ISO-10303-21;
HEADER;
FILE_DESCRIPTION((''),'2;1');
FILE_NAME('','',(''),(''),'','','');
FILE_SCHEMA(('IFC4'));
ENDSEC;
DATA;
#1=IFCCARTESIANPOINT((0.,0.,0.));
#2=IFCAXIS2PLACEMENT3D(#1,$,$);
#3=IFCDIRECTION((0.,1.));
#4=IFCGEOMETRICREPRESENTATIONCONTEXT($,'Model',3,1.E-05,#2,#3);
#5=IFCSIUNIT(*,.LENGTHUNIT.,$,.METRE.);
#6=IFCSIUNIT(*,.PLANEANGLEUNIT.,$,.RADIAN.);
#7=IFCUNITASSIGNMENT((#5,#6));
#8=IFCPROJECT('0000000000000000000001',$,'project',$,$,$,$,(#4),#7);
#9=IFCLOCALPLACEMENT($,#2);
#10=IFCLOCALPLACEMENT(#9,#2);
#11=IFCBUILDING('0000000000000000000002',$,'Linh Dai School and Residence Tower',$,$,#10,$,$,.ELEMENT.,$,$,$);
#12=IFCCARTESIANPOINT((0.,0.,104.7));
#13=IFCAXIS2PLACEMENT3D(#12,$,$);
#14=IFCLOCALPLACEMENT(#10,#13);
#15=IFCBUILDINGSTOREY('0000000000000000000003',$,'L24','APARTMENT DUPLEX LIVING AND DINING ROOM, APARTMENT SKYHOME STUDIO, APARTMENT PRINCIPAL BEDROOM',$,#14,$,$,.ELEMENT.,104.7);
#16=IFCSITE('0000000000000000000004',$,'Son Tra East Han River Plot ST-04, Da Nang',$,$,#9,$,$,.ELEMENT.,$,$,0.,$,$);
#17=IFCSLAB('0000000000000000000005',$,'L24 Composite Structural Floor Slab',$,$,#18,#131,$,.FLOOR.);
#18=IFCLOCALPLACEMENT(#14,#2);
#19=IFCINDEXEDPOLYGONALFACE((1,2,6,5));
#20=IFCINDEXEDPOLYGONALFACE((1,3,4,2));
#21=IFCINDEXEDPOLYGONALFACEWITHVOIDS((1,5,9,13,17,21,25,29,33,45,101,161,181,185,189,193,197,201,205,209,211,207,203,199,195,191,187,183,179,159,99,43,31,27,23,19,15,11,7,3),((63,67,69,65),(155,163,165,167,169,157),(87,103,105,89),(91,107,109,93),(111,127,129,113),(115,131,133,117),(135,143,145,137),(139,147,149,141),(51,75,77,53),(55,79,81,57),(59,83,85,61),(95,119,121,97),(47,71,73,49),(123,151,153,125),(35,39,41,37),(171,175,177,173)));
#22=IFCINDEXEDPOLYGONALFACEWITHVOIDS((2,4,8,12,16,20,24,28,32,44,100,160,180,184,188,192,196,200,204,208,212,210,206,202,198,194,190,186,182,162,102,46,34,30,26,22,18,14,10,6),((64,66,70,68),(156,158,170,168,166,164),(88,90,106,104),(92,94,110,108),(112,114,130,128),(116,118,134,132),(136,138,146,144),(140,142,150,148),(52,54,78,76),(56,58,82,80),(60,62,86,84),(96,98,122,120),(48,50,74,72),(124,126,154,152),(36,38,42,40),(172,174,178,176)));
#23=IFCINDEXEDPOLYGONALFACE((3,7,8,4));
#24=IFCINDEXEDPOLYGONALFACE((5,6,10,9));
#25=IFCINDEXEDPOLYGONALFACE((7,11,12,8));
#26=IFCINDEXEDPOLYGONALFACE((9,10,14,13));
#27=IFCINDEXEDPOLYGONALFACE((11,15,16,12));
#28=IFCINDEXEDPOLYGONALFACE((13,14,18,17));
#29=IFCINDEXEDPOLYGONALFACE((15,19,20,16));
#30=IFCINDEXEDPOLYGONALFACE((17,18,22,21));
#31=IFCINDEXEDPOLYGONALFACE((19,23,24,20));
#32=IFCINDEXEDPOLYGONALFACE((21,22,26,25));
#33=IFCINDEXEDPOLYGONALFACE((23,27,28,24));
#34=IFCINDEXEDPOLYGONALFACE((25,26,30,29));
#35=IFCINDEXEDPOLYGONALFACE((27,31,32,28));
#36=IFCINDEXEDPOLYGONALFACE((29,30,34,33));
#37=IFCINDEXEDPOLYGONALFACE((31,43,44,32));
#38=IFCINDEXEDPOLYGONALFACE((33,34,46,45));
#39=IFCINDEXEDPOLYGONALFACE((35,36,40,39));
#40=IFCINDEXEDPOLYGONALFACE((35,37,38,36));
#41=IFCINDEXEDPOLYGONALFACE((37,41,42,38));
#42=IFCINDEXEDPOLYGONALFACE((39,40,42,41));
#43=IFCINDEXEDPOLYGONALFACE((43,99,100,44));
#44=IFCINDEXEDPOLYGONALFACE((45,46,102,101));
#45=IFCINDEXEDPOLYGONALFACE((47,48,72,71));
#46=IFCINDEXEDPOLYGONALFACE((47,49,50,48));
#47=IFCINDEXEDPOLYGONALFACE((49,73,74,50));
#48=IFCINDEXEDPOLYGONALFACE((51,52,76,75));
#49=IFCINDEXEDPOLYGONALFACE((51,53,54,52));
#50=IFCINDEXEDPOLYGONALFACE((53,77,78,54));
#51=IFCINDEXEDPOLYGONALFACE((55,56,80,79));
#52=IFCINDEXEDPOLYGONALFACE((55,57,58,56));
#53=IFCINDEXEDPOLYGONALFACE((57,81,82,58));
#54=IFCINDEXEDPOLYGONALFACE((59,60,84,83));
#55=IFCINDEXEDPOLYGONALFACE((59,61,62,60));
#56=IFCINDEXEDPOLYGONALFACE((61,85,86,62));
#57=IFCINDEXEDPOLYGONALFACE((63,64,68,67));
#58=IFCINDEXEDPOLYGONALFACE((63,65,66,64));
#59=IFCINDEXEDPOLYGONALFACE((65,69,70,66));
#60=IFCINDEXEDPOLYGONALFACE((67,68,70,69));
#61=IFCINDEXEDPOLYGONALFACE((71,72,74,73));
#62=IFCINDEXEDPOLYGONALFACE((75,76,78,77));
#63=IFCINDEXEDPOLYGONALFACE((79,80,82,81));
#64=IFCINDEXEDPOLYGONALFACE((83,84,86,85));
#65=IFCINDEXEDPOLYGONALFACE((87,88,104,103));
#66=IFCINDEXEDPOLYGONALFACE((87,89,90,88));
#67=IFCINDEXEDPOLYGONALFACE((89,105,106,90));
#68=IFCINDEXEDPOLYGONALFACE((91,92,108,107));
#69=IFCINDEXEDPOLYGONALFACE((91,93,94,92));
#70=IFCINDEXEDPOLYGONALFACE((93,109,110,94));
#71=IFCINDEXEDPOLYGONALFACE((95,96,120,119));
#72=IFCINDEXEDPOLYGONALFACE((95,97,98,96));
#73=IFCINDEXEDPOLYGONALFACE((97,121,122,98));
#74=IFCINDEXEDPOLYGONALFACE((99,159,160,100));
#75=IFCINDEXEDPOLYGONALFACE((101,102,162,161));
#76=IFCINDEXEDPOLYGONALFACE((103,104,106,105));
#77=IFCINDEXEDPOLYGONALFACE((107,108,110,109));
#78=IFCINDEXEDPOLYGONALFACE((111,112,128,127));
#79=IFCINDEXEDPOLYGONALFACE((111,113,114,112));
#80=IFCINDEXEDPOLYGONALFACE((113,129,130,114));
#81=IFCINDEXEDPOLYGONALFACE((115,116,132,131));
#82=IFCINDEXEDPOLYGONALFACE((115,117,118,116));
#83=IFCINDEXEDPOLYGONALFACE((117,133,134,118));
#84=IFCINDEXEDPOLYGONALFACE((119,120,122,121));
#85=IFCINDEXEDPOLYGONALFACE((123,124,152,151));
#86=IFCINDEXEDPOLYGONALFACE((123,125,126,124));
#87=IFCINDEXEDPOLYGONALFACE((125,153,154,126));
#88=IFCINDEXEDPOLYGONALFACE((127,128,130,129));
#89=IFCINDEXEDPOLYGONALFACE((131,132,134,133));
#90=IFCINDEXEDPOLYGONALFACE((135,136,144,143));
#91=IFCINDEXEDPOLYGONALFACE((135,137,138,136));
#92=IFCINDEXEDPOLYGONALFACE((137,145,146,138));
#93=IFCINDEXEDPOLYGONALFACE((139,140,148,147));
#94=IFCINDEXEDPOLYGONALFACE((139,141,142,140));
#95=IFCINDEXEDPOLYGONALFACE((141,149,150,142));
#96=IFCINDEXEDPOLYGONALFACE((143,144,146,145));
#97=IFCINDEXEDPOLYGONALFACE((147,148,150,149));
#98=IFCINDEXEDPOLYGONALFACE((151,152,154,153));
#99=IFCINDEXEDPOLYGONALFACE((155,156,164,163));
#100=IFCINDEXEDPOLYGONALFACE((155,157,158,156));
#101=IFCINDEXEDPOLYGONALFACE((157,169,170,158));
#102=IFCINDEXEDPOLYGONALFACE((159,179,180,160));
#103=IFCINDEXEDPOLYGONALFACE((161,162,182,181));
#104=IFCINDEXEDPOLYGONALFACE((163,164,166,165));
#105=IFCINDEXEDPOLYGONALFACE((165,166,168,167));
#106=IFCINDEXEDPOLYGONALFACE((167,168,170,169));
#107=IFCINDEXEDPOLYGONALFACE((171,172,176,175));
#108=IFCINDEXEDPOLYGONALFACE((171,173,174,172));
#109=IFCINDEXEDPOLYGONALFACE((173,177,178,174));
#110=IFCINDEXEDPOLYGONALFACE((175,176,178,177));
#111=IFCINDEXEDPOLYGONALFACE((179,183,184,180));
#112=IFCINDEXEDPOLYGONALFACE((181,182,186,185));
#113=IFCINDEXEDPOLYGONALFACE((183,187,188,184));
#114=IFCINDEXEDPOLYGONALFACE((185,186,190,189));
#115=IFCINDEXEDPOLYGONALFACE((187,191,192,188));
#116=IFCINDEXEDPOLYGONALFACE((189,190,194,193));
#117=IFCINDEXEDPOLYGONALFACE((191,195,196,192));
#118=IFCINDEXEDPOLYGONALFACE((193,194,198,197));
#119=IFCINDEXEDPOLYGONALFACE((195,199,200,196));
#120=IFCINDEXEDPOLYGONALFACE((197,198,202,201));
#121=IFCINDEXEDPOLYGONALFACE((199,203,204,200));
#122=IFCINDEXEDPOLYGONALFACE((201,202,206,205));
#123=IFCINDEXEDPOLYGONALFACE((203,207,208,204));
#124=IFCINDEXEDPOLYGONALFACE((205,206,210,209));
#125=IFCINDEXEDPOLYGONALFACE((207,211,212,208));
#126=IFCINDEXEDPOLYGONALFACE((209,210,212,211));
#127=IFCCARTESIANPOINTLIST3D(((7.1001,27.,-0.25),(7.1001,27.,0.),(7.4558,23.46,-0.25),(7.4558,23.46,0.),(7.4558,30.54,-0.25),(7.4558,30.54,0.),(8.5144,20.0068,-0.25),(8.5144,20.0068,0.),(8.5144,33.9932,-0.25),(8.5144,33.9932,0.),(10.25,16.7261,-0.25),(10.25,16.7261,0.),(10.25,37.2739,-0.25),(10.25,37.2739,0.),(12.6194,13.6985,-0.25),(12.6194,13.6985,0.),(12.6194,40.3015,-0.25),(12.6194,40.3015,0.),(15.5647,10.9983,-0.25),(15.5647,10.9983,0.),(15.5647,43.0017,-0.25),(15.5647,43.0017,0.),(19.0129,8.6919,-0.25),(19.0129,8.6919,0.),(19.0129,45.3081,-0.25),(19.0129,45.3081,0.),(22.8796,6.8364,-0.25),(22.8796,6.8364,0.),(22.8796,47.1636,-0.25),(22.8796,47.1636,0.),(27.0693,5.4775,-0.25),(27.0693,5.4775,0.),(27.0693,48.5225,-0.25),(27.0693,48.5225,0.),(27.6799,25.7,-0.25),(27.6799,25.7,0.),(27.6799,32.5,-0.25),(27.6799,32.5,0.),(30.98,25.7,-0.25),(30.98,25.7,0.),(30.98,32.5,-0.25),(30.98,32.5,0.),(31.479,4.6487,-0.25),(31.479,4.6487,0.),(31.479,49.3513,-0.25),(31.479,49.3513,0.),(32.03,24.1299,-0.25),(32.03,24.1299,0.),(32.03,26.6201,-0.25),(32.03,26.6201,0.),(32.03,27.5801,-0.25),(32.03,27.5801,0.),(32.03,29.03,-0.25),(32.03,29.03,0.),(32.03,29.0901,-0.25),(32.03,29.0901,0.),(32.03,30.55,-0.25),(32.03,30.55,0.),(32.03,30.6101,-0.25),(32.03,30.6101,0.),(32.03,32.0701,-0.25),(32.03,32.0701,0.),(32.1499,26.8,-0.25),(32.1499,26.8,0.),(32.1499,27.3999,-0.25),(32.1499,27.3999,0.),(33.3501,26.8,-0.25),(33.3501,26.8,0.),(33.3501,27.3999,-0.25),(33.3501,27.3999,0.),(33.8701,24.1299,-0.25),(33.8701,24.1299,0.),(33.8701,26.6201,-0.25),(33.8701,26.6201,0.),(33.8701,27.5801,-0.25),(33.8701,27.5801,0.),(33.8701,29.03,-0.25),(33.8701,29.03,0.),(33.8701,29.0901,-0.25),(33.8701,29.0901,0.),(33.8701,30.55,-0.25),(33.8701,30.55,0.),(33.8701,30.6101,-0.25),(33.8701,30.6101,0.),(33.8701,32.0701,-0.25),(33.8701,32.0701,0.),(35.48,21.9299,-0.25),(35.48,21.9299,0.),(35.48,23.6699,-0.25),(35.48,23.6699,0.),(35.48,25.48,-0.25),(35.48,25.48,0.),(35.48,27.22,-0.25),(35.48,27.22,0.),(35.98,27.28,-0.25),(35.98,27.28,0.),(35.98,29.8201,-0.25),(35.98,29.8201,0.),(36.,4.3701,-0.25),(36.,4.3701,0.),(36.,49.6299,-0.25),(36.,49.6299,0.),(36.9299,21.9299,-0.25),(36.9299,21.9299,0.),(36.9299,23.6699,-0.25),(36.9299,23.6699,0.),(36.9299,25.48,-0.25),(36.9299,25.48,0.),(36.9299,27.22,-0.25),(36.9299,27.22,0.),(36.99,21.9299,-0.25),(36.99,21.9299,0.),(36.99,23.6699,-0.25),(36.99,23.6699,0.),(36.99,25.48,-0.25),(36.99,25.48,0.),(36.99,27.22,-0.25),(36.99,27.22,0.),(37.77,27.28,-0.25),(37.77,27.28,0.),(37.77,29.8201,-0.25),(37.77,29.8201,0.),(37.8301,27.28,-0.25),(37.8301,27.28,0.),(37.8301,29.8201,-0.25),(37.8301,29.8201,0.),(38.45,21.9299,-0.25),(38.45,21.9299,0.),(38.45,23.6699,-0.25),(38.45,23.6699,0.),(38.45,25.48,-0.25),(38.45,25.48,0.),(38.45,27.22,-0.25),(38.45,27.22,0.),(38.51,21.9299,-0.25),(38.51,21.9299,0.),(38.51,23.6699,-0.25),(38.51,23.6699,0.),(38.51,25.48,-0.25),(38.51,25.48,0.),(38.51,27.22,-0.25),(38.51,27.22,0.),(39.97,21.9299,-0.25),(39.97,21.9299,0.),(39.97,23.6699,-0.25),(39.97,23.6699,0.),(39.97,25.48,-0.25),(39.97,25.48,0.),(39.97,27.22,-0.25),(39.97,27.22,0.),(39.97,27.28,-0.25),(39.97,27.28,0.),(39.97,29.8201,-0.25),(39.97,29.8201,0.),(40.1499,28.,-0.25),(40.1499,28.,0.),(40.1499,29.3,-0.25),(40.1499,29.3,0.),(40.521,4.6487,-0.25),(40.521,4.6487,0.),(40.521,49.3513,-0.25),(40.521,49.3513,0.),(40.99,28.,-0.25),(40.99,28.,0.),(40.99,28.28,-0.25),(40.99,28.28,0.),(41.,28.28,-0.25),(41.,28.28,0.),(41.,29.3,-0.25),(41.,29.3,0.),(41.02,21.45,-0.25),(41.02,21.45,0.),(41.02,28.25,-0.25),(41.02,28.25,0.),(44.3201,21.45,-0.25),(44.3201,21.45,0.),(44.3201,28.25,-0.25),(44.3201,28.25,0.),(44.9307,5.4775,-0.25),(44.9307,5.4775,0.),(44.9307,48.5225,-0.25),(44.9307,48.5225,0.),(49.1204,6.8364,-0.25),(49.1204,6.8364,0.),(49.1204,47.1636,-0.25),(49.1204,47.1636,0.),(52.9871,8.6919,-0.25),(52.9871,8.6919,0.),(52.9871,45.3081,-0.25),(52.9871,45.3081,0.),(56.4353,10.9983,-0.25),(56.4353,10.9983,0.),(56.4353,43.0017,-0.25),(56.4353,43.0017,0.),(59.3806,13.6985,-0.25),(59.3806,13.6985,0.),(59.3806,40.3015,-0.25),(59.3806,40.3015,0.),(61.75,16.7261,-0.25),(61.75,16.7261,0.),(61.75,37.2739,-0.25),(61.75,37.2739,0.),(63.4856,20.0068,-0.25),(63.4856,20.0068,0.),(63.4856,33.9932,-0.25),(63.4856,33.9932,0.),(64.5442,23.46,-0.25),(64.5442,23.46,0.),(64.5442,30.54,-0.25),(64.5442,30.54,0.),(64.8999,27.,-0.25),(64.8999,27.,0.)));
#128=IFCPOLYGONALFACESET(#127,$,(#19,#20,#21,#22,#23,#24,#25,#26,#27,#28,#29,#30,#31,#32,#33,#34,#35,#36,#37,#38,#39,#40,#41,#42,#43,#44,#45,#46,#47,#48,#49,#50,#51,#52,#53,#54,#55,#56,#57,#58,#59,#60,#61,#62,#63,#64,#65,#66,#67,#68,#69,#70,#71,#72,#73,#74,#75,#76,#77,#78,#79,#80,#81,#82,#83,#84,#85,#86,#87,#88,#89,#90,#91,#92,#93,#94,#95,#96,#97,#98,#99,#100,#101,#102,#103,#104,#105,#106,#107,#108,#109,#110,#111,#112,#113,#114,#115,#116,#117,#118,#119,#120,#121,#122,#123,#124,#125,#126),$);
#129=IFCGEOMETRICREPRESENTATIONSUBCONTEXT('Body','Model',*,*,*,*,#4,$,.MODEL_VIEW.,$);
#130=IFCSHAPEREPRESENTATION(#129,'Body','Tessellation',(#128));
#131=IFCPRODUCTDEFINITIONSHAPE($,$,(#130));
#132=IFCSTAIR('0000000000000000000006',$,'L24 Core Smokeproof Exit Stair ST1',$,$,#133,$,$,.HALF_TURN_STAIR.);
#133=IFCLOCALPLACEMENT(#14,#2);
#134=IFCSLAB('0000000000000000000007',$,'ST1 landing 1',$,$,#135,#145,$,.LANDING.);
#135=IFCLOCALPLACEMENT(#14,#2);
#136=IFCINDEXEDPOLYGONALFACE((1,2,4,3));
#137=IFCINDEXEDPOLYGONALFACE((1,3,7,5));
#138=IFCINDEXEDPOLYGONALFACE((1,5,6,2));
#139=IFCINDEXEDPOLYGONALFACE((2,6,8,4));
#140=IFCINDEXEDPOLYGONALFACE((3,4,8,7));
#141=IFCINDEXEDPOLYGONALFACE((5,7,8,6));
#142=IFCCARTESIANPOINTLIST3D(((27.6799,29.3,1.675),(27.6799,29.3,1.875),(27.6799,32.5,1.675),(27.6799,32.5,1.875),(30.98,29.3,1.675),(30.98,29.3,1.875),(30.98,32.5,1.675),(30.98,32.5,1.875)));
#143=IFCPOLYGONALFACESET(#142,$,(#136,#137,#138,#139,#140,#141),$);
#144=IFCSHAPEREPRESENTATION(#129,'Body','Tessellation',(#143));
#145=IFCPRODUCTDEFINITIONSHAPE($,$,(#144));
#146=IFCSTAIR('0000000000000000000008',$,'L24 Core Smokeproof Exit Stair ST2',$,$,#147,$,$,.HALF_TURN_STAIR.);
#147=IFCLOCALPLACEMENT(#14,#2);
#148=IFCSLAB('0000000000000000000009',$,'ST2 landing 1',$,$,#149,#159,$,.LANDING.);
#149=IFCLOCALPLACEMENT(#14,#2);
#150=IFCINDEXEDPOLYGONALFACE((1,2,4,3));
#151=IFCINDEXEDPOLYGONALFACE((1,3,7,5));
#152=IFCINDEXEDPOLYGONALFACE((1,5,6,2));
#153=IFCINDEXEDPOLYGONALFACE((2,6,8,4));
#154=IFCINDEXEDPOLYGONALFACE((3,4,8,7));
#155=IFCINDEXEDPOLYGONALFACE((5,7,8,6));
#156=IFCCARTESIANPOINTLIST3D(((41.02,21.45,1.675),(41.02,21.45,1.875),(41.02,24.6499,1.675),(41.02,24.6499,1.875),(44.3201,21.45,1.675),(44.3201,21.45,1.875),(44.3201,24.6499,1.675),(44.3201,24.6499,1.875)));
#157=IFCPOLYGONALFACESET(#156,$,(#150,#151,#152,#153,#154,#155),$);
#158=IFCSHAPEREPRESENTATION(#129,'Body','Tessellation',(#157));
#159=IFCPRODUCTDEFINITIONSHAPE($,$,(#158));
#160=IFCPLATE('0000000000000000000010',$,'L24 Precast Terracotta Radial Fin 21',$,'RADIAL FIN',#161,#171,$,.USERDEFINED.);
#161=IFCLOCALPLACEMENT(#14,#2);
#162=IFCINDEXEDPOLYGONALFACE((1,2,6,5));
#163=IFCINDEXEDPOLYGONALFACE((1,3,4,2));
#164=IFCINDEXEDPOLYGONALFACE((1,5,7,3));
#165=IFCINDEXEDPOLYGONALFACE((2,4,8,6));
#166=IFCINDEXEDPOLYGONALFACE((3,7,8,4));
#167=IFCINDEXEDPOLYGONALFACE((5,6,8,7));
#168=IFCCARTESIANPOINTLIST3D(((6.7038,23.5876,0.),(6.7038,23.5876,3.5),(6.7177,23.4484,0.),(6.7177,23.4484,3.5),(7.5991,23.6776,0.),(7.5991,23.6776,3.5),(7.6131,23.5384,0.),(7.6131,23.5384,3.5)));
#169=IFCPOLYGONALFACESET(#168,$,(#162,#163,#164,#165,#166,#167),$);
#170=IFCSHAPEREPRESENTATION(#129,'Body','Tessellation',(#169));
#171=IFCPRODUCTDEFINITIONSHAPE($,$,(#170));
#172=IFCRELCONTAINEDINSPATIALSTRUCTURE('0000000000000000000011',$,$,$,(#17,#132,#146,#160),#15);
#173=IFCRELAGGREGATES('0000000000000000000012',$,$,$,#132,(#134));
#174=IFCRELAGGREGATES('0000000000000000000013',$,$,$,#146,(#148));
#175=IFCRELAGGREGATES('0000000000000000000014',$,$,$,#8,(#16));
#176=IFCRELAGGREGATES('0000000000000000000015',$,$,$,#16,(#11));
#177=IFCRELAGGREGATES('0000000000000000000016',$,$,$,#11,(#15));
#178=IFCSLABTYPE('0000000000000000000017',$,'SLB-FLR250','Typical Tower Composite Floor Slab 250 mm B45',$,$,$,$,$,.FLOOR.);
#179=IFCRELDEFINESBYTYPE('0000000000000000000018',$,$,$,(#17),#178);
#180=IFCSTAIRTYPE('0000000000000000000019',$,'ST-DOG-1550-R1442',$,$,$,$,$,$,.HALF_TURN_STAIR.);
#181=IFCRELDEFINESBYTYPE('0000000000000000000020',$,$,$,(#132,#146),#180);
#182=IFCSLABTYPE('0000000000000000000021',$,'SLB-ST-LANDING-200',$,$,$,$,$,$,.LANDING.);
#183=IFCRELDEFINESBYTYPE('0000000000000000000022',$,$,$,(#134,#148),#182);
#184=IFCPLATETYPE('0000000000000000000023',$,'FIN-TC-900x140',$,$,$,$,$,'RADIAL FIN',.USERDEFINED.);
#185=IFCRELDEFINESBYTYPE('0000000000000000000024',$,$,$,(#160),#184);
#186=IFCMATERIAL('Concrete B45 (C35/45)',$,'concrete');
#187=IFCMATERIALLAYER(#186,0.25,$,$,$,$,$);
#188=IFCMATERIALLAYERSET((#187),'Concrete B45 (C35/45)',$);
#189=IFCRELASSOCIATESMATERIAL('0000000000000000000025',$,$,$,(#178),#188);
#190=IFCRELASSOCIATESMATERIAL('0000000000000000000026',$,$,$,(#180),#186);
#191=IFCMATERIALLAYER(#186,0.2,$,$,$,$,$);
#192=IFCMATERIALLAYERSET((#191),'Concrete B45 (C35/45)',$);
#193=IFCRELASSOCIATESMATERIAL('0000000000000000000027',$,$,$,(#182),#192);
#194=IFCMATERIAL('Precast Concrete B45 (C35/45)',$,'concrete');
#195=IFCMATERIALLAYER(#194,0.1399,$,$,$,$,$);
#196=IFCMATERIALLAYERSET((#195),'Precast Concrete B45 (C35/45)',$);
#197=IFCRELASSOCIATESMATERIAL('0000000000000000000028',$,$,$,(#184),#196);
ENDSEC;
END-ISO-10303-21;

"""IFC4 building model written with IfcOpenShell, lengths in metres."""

from ifc_helpers import new_model, si_unit, direction, frame, origin, origin_2d, place, context, subcontext, project, spatial, polyline, rectangle, outline, extrude, source, transform, mapped, material, layer, layer_set, type_object, element, aggregate, save


model = new_model("IFC4")

# Units and contexts
model_context = context("Model", 3, precision=1e-05, world=origin(), true_north=direction((0.0, 1.0)))
body_context = subcontext(model_context, "Body", "Model", "MODEL_VIEW")
ifc_project = project(units=[si_unit("LENGTHUNIT", "METRE"), si_unit("PLANEANGLEUNIT", "RADIAN")], contexts=[model_context])

# Site, building, storey
site_placement = place(None, origin())
site = spatial("IfcSite", under=ifc_project, at=site_placement, Name="Son Tra East Han River Plot ST-04, Da Nang", CompositionType="ELEMENT", RefElevation=0.0)
building_placement = place(site_placement, origin())
building = spatial("IfcBuilding", under=site, at=building_placement, Name="Linh Dai School and Residence Tower", CompositionType="ELEMENT")
storey_placement = place(building_placement, frame((0.0, 0.0, 104.7)))
storey = spatial("IfcBuildingStorey", under=building, at=storey_placement, Name="L24", Description="APARTMENT DUPLEX LIVING AND DINING ROOM, APARTMENT SKYHOME STUDIO, APARTMENT PRINCIPAL BEDROOM", CompositionType="ELEMENT", Elevation=104.7)

# Slab
ifc_material_1 = material(Name="Concrete B45 (C35/45)", Category="concrete")
ifc_layer_1 = layer(ifc_material_1, 0.25)
ifc_layer_set_1 = layer_set([ifc_layer_1], Name="Concrete B45 (C35/45)")
slab_type_1 = type_object("IfcSlabType", Name="SLB-FLR250", Description="Typical Tower Composite Floor Slab 250 mm B45", PredefinedType="FLOOR", material=ifc_layer_set_1)
slab_1_placement = place(storey_placement, frame((0.0, 0.0, -0.25)))
element("IfcSlab", 1, at=slab_1_placement, inside=storey, type_object=slab_type_1, Name="L24 Composite Structural Floor Slab", PredefinedType="FLOOR", context=body_context, shape_type="SweptSolid", body=[
    extrude(outline(polyline([(64.8999, 27.0), (64.5442, 30.54), (63.4856, 33.9932), (61.75, 37.2739), (59.3806, 40.3015), (56.4353, 43.0017), (52.9871, 45.3081), (49.1204, 47.1636), (44.9307, 48.5225), (40.521, 49.3513), (36.0, 49.6299), (31.479, 49.3513), (27.0693, 48.5225), (22.8796, 47.1636), (19.0129, 45.3081), (15.5647, 43.0017), (12.6194, 40.3015), (10.25, 37.2739), (8.5144, 33.9932), (7.4558, 30.54), (7.1001, 27.0), (7.4558, 23.46), (8.5144, 20.0068), (10.25, 16.7261), (12.6194, 13.6985), (15.5647, 10.9983), (19.0129, 8.6919), (22.8796, 6.8364), (27.0693, 5.4775), (31.479, 4.6487), (36.0, 4.3701), (40.521, 4.6487), (44.9307, 5.4775), (49.1204, 6.8364), (52.9871, 8.6919), (56.4353, 10.9983), (59.3806, 13.6985), (61.75, 16.7261), (63.4856, 20.0068), (64.5442, 23.46), (64.8999, 27.0)]), holes=[polyline([(30.98, 25.7), (30.98, 32.5), (27.6799, 32.5), (27.6799, 25.7), (30.98, 25.7)]), polyline([(41.02, 28.25), (41.02, 21.45), (44.3201, 21.45), (44.3201, 28.25), (41.02, 28.25)]), polyline([(35.98, 27.28), (37.77, 27.28), (37.77, 29.8201), (35.98, 29.8201), (35.98, 27.28)]), polyline([(32.03, 24.1299), (33.8701, 24.1299), (33.8701, 26.6201), (32.03, 26.6201), (32.03, 24.1299)]), polyline([(37.8301, 27.28), (39.97, 27.28), (39.97, 29.8201), (37.8301, 29.8201), (37.8301, 27.28)]), polyline([(35.48, 21.9299), (36.9299, 21.9299), (36.9299, 23.6699), (35.48, 23.6699), (35.48, 21.9299)]), polyline([(36.99, 21.9299), (38.45, 21.9299), (38.45, 23.6699), (36.99, 23.6699), (36.99, 21.9299)]), polyline([(38.51, 21.9299), (39.97, 21.9299), (39.97, 23.6699), (38.51, 23.6699), (38.51, 21.9299)]), polyline([(32.03, 27.5801), (33.8701, 27.5801), (33.8701, 29.03), (32.03, 29.03), (32.03, 27.5801)]), polyline([(32.03, 29.0901), (33.8701, 29.0901), (33.8701, 30.55), (32.03, 30.55), (32.03, 29.0901)]), polyline([(32.03, 30.6101), (33.8701, 30.6101), (33.8701, 32.0701), (32.03, 32.0701), (32.03, 30.6101)]), polyline([(35.48, 25.48), (36.9299, 25.48), (36.9299, 27.22), (35.48, 27.22), (35.48, 25.48)]), polyline([(36.99, 25.48), (38.45, 25.48), (38.45, 27.22), (36.99, 27.22), (36.99, 25.48)]), polyline([(38.51, 25.48), (39.97, 25.48), (39.97, 27.22), (38.51, 27.22), (38.51, 25.48)]), polyline([(40.1499, 28.0), (40.1499, 29.3), (41.0, 29.3), (41.0, 28.28), (40.99, 28.28), (40.99, 28.0), (40.1499, 28.0)]), polyline([(32.1499, 26.8), (33.3501, 26.8), (33.3501, 27.3999), (32.1499, 27.3999), (32.1499, 26.8)])]), origin(), (0.0, 0.0, 1.0), 0.25),
])

# Stairs, slabs
stair_type = type_object("IfcStairType", Name="ST-DOG-1550-R1442", PredefinedType="HALF_TURN_STAIR", material=ifc_material_1)
stair_1_placement = place(storey_placement, origin())
stair_1 = element("IfcStair", 2, at=stair_1_placement, inside=storey, type_object=stair_type, Name="L24 Core Smokeproof Exit Stair ST1", PredefinedType="HALF_TURN_STAIR")
ifc_layer_2 = layer(ifc_material_1, 0.2)
ifc_layer_set_2 = layer_set([ifc_layer_2], Name="Concrete B45 (C35/45)")
slab_type_2 = type_object("IfcSlabType", Name="SLB-ST-LANDING-200", PredefinedType="LANDING", material=ifc_layer_set_2)
slab_2_placement = place(storey_placement, frame((0.0, 0.0, 1.675)))
slab_2 = element("IfcSlab", 3, at=slab_2_placement, type_object=slab_type_2, Name="ST1 landing 1", PredefinedType="LANDING", context=body_context, shape_type="SweptSolid", body=[
    extrude(outline(polyline([(30.98, 29.3), (30.98, 32.5), (27.6799, 32.5), (27.6799, 29.3), (30.98, 29.3)])), origin(), (0.0, 0.0, 1.0), 0.2),
])
aggregate(stair_1, [slab_2])
stair_2_placement = place(storey_placement, origin())
stair_2 = element("IfcStair", 4, at=stair_2_placement, inside=storey, type_object=stair_type, Name="L24 Core Smokeproof Exit Stair ST2", PredefinedType="HALF_TURN_STAIR")
slab_3_placement = place(storey_placement, frame((0.0, 0.0, 1.675)))
slab_3 = element("IfcSlab", 5, at=slab_3_placement, type_object=slab_type_2, Name="ST2 landing 1", PredefinedType="LANDING", context=body_context, shape_type="SweptSolid", body=[
    extrude(outline(polyline([(41.02, 24.6499), (41.02, 21.45), (44.3201, 21.45), (44.3201, 24.6499), (41.02, 24.6499)])), origin(), (0.0, 0.0, 1.0), 0.2),
])
aggregate(stair_2, [slab_3])

# Plate
ifc_material_2 = material(Name="Precast Concrete B45 (C35/45)", Category="concrete")
ifc_layer_3 = layer(ifc_material_2, 0.1399)
ifc_layer_set_3 = layer_set([ifc_layer_3], Name="Precast Concrete B45 (C35/45)")
plate_type = type_object("IfcPlateType", Name="FIN-TC-900x140", ElementType="RADIAL FIN", PredefinedType="USERDEFINED", material=ifc_layer_set_3)
shared_shape_1 = source(origin(), body_context, "Body", "SweptSolid", [
    extrude(rectangle(XDim=0.8999, YDim=0.1399, at=origin_2d()), origin(), (0.0, 0.0, 1.0), 3.5),
])
plate_placement = place(storey_placement, frame((7.1584, 23.563, 0.0), z_axis=(0.0, 0.0, 1.0), x_axis=(-0.994987, -0.100007, 0.0)))
element("IfcPlate", 6, at=plate_placement, inside=storey, type_object=plate_type, Name="L24 Precast Terracotta Radial Fin 21", ObjectType="RADIAL FIN", PredefinedType="USERDEFINED", context=body_context, shape_type="MappedRepresentation", body=[
    mapped(shared_shape_1, transform((0.0, 0.0, 0.0), x_axis=(1.0, 0.0, 0.0), y_axis=(0.0, 1.0, 0.0), z_axis=(0.0, 0.0, 1.0), scale=1.0)),
])

save(model, "model.ifc")
